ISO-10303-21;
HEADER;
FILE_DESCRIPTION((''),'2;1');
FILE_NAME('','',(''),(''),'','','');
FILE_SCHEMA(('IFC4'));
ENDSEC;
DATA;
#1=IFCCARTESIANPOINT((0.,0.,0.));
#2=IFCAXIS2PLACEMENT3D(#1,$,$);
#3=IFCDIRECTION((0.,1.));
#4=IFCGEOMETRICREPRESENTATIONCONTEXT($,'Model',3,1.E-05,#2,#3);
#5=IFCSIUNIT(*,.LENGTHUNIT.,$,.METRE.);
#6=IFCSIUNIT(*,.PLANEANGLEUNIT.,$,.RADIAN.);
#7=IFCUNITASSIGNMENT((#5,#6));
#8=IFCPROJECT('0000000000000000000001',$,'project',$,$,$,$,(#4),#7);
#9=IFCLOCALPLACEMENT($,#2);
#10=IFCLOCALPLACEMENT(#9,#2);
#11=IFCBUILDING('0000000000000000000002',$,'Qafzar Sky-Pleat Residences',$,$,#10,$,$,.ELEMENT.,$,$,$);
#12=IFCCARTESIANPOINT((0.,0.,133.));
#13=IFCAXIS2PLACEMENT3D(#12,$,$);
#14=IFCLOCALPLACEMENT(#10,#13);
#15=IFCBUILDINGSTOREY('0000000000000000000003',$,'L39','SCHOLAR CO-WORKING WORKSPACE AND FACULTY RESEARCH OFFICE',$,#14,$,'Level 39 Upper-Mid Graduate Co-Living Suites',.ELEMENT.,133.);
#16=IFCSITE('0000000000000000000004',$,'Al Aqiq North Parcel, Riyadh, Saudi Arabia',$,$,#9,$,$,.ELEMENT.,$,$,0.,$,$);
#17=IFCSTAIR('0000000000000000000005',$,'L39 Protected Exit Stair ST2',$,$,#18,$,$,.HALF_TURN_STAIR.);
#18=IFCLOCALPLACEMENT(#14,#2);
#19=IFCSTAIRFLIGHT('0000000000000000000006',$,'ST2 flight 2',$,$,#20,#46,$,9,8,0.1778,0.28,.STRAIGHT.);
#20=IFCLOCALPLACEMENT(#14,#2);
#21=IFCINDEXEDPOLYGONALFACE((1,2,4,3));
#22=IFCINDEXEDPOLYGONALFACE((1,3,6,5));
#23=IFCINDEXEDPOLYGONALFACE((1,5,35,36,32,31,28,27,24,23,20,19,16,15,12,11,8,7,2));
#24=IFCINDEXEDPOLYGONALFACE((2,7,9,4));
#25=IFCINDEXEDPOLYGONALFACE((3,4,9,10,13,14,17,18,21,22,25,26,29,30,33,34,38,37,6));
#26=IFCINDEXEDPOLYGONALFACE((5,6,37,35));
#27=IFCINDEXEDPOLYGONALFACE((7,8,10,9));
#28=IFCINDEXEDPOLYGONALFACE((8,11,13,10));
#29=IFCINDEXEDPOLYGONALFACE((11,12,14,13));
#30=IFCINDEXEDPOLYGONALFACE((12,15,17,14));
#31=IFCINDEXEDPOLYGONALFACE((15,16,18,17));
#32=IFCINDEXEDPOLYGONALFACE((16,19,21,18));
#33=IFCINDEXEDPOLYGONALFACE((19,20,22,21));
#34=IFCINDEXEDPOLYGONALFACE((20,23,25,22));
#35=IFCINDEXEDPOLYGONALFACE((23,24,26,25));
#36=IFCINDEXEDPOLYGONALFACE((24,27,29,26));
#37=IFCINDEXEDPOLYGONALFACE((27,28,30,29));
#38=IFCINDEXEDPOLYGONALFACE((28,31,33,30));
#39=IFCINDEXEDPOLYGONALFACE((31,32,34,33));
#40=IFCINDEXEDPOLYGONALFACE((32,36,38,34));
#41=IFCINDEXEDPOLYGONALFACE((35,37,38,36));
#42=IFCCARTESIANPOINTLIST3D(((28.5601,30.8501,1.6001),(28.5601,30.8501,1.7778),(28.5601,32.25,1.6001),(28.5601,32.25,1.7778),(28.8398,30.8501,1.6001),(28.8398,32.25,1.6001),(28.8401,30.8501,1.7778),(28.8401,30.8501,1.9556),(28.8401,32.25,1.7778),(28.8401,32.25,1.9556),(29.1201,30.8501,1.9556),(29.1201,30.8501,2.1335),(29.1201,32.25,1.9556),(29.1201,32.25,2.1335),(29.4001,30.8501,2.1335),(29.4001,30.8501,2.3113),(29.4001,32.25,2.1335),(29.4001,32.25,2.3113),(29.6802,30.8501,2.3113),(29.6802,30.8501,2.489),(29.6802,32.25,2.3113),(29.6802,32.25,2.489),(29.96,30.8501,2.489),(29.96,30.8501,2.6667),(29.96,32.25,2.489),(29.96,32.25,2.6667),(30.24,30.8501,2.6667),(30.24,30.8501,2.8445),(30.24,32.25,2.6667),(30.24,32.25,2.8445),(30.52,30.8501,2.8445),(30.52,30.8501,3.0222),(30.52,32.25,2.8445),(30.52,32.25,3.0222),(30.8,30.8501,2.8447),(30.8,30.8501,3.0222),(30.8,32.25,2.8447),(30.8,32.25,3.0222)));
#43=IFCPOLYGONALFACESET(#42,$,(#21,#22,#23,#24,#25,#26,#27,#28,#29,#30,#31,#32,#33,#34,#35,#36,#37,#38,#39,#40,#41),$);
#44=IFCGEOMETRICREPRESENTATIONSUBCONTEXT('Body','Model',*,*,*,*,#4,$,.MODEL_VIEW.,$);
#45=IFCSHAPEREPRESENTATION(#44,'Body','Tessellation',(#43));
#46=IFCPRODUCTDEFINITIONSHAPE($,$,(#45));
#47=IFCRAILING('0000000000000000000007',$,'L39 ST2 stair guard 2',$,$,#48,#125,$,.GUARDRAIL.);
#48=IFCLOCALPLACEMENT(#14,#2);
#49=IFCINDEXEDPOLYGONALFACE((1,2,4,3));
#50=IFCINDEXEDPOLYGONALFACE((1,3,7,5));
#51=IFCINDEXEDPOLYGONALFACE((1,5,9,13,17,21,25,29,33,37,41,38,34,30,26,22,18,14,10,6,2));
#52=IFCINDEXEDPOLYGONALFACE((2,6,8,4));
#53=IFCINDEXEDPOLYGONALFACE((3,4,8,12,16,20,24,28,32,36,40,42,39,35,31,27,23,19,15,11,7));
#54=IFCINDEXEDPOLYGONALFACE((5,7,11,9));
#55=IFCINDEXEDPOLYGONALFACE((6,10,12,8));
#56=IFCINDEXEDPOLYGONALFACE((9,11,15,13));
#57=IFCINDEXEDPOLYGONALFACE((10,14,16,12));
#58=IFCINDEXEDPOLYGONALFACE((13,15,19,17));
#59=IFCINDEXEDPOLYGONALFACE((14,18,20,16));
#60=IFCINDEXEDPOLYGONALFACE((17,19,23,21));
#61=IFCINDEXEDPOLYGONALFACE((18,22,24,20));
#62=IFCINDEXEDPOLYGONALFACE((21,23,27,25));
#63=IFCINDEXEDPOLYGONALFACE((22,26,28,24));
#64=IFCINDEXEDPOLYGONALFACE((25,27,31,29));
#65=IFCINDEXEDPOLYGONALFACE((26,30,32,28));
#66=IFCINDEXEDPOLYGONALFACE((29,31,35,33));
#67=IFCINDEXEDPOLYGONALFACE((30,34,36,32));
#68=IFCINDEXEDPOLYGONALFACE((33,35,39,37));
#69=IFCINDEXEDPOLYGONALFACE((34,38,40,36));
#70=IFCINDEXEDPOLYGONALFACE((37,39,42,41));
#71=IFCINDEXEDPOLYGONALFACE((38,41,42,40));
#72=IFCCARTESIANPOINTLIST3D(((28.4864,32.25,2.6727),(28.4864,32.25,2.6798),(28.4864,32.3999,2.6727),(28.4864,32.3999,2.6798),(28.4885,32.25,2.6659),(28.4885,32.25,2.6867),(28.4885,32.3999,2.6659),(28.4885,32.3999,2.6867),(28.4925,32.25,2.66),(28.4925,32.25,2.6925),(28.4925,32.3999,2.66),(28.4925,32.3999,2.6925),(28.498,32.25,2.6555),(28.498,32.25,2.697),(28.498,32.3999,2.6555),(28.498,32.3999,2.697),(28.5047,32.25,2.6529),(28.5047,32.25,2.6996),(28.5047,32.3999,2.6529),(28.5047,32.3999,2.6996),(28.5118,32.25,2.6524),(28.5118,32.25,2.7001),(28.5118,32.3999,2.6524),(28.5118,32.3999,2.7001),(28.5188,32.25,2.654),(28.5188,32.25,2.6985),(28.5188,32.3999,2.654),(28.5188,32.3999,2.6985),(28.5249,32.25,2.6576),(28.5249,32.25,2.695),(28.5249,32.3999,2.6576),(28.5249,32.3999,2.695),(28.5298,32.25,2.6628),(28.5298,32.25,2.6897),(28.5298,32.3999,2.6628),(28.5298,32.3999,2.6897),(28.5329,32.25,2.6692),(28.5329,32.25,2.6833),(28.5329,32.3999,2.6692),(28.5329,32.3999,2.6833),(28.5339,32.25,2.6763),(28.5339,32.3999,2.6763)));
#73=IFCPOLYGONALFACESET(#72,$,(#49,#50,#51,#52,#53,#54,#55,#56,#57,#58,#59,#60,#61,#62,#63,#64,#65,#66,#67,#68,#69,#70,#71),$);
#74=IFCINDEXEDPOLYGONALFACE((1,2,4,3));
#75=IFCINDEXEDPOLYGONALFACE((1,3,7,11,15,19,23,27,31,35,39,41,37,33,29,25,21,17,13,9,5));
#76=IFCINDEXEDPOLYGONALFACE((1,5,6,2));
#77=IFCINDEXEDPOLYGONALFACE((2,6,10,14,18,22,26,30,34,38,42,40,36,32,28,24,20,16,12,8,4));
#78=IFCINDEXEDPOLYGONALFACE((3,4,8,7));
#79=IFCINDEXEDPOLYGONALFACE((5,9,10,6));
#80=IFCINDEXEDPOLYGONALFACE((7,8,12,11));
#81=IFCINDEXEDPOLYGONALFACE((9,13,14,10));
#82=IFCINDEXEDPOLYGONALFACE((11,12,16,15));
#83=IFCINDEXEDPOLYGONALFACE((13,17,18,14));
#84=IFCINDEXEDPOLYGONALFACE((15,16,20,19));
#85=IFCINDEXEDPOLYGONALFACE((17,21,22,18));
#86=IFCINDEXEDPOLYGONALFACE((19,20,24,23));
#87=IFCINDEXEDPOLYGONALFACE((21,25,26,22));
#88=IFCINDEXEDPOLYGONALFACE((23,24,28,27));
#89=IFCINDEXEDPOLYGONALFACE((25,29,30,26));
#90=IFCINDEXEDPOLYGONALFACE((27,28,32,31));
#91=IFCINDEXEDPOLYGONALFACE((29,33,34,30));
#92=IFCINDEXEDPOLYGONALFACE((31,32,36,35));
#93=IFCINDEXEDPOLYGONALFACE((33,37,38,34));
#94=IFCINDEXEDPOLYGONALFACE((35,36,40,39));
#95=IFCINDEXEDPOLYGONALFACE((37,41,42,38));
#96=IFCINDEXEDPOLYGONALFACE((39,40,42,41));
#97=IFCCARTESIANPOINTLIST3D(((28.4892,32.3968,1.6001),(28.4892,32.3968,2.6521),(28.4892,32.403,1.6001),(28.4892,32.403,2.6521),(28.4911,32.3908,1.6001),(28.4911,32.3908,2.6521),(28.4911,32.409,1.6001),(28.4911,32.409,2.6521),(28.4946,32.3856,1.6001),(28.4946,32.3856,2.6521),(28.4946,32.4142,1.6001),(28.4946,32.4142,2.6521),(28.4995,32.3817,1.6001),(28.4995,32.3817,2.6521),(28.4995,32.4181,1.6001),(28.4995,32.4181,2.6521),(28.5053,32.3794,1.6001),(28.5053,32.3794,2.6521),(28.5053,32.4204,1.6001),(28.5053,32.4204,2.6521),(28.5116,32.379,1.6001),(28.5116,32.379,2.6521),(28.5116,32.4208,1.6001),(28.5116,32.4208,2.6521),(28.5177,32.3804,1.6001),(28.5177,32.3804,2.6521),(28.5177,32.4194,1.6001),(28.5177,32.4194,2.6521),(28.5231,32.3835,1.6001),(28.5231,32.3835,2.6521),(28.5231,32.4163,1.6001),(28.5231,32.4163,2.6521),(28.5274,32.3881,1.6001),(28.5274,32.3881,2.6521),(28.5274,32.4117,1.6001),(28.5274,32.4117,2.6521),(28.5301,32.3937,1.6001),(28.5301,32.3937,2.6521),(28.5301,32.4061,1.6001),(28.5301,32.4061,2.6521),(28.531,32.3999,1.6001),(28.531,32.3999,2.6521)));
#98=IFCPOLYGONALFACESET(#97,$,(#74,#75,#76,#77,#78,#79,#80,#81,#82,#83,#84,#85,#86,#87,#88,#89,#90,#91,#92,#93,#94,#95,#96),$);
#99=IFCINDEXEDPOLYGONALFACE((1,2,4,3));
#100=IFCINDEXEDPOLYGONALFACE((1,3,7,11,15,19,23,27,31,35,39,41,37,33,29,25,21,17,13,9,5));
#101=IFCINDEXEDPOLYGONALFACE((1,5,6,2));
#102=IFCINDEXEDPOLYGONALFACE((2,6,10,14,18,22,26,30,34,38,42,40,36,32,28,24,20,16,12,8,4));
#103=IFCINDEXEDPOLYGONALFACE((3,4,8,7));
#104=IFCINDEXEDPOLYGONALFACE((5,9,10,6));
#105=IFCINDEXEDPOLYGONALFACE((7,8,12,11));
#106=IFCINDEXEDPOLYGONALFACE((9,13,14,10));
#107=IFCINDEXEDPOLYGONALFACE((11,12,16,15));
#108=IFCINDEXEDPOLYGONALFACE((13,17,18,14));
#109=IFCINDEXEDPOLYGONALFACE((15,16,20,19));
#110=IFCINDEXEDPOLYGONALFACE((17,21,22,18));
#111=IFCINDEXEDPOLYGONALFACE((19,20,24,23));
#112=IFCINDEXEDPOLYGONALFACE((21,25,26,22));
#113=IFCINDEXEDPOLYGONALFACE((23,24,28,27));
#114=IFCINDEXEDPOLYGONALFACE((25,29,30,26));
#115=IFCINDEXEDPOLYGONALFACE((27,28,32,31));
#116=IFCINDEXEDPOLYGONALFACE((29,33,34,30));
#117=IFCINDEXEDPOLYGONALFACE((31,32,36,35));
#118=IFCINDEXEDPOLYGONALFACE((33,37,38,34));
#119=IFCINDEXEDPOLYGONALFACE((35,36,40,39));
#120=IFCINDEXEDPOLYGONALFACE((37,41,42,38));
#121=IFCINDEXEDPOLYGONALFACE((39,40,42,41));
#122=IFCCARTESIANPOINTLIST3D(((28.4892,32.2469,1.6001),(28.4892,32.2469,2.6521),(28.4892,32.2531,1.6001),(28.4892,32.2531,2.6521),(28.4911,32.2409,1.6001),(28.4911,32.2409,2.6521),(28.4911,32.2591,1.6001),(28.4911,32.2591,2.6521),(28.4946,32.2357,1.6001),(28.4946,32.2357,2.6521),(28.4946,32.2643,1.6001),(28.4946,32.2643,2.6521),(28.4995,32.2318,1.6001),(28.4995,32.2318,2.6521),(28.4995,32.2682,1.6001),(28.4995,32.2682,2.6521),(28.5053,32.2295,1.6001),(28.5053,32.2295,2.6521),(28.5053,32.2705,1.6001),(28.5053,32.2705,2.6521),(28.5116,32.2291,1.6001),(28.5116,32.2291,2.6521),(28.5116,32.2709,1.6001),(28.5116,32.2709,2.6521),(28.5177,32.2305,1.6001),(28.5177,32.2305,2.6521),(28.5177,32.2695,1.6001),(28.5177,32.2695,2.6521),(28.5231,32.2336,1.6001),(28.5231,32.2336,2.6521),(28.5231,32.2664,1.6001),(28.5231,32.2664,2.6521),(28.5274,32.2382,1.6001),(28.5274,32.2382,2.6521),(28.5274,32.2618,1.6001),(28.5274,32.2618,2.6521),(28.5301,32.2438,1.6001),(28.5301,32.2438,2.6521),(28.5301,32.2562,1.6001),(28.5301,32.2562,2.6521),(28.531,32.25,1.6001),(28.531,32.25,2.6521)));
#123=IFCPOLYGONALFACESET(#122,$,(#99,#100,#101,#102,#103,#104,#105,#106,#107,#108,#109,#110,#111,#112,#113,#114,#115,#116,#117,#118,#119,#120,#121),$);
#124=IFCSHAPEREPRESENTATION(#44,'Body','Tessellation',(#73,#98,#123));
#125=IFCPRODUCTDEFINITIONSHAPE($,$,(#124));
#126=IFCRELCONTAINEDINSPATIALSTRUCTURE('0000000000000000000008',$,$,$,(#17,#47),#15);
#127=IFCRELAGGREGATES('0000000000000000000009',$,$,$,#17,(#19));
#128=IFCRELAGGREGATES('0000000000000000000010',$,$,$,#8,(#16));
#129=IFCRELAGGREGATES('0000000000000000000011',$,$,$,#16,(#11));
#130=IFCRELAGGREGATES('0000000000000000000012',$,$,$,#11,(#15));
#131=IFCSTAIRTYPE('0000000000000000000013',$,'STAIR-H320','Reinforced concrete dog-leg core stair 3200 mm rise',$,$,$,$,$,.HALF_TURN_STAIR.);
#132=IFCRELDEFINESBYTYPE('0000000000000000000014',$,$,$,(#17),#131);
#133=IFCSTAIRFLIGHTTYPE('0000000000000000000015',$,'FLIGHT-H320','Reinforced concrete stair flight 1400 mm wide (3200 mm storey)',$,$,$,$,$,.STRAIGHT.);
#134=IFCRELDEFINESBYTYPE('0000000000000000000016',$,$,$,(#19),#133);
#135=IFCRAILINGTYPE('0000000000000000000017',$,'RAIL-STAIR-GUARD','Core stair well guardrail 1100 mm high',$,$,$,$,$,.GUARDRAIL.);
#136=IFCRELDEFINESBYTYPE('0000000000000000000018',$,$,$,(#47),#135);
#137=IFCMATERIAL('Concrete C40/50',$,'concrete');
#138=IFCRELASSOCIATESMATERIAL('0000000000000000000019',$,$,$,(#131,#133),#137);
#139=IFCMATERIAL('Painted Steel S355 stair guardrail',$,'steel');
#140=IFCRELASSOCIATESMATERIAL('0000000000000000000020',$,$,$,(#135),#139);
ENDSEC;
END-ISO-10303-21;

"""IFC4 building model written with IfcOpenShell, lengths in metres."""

from ifc_helpers import new_model, si_unit, direction, frame, origin, origin_2d, place, context, subcontext, project, spatial, polyline, circle, outline, extrude, source, transform, mapped, material, type_object, element, aggregate, save


model = new_model("IFC4")

# Units and contexts
model_context = context("Model", 3, precision=1e-05, world=origin(), true_north=direction((0.0, 1.0)))
body_context = subcontext(model_context, "Body", "Model", "MODEL_VIEW")
ifc_project = project(units=[si_unit("LENGTHUNIT", "METRE"), si_unit("PLANEANGLEUNIT", "RADIAN")], contexts=[model_context])

# Site, building, storey
site_placement = place(None, origin())
site = spatial("IfcSite", under=ifc_project, at=site_placement, Name="Al Aqiq North Parcel, Riyadh, Saudi Arabia", CompositionType="ELEMENT", RefElevation=0.0)
building_placement = place(site_placement, origin())
building = spatial("IfcBuilding", under=site, at=building_placement, Name="Qafzar Sky-Pleat Residences", CompositionType="ELEMENT")
storey_placement = place(building_placement, frame((0.0, 0.0, 133.0)))
storey = spatial("IfcBuildingStorey", under=building, at=storey_placement, Name="L39", Description="SCHOLAR CO-WORKING WORKSPACE AND FACULTY RESEARCH OFFICE", LongName="Level 39 Upper-Mid Graduate Co-Living Suites", CompositionType="ELEMENT", Elevation=133.0)

# Stair, stair flight
ifc_material_1 = material(Name="Concrete C40/50", Category="concrete")
stair_type = type_object("IfcStairType", Name="STAIR-H320", Description="Reinforced concrete dog-leg core stair 3200 mm rise", PredefinedType="HALF_TURN_STAIR", material=ifc_material_1)
stair_placement = place(storey_placement, origin())
stair = element("IfcStair", 1, at=stair_placement, inside=storey, type_object=stair_type, Name="L39 Protected Exit Stair ST2", PredefinedType="HALF_TURN_STAIR")
stair_flight_type = type_object("IfcStairFlightType", Name="FLIGHT-H320", Description="Reinforced concrete stair flight 1400 mm wide (3200 mm storey)", PredefinedType="STRAIGHT", material=ifc_material_1)
shared_shape_1 = source(origin(), body_context, "Body", "SweptSolid", [
    extrude(outline(polyline([(0.0, 0.0), (0.0, 0.1777), (0.28, 0.1777), (0.28, 0.3555), (0.5601, 0.3555), (0.5601, 0.5334), (0.8401, 0.5334), (0.8401, 0.7112), (1.1201, 0.7112), (1.1201, 0.8889), (1.3999, 0.8889), (1.3999, 1.0667), (1.6799, 1.0667), (1.6799, 1.2444), (1.96, 1.2444), (1.96, 1.4221), (2.24, 1.4221), (2.24, 1.6001), (2.24, 1.2446), (0.2798, 0.0), (0.0, 0.0)])), frame((0.0, 0.7, 0.0), z_axis=(0.0, -1.0, 0.0), x_axis=(1.0, 0.0, 0.0)), (0.0, 0.0, 1.0), 1.3999),
])
stair_flight_placement = place(storey_placement, frame((28.5601, 31.55, 1.6001), z_axis=(0.0, 0.0, 1.0), x_axis=(1.0, 0.0, 0.0)))
stair_flight = element("IfcStairFlight", 2, at=stair_flight_placement, type_object=stair_flight_type, Name="ST2 flight 2", NumberOfRisers=9, NumberOfTreads=8, PredefinedType="STRAIGHT", RiserHeight=0.1778, TreadLength=0.28, context=body_context, shape_type="MappedRepresentation", body=[
    mapped(shared_shape_1, transform((0.0, 0.0, 0.0), x_axis=(1.0, 0.0, 0.0), y_axis=(0.0, 1.0, 0.0), z_axis=(0.0, 0.0, 1.0), scale=1.0)),
])
aggregate(stair, [stair_flight])

# Railing
ifc_material_2 = material(Name="Painted Steel S355 stair guardrail", Category="steel")
railing_type_1 = type_object("IfcRailingType", Name="RAIL-STAIR-GUARD", Description="Core stair well guardrail 1100 mm high", PredefinedType="GUARDRAIL", material=ifc_material_2)
shared_shape_2 = source(origin(), body_context, "Body", "SweptSolid", [
    extrude(circle(Radius=0.0239, at=origin_2d()), frame((0.0, 0.0, 1.0762), z_axis=(0.0, -1.0, 0.0), x_axis=(1.0, 0.0, 0.0)), (0.0, 0.0, 1.0), 0.1499),
    extrude(circle(Radius=0.021, at=origin_2d()), origin(), (0.0, 0.0, 1.0), 1.052),
    extrude(circle(Radius=0.021, at=origin_2d()), frame((0.0, -0.1499, 0.0)), (0.0, 0.0, 1.0), 1.052),
])
railing_1_placement = place(storey_placement, frame((28.51, 32.3999, 1.6001)))
element("IfcRailing", 3, at=railing_1_placement, inside=storey, type_object=railing_type_1, Name="L39 ST2 stair guard 2", PredefinedType="GUARDRAIL", context=body_context, shape_type="MappedRepresentation", body=[
    mapped(shared_shape_2, transform((0.0, 0.0, 0.0), x_axis=(1.0, 0.0, 0.0), y_axis=(0.0, 1.0, 0.0), z_axis=(0.0, 0.0, 1.0), scale=1.0)),
])

save(model, "model.ifc")
